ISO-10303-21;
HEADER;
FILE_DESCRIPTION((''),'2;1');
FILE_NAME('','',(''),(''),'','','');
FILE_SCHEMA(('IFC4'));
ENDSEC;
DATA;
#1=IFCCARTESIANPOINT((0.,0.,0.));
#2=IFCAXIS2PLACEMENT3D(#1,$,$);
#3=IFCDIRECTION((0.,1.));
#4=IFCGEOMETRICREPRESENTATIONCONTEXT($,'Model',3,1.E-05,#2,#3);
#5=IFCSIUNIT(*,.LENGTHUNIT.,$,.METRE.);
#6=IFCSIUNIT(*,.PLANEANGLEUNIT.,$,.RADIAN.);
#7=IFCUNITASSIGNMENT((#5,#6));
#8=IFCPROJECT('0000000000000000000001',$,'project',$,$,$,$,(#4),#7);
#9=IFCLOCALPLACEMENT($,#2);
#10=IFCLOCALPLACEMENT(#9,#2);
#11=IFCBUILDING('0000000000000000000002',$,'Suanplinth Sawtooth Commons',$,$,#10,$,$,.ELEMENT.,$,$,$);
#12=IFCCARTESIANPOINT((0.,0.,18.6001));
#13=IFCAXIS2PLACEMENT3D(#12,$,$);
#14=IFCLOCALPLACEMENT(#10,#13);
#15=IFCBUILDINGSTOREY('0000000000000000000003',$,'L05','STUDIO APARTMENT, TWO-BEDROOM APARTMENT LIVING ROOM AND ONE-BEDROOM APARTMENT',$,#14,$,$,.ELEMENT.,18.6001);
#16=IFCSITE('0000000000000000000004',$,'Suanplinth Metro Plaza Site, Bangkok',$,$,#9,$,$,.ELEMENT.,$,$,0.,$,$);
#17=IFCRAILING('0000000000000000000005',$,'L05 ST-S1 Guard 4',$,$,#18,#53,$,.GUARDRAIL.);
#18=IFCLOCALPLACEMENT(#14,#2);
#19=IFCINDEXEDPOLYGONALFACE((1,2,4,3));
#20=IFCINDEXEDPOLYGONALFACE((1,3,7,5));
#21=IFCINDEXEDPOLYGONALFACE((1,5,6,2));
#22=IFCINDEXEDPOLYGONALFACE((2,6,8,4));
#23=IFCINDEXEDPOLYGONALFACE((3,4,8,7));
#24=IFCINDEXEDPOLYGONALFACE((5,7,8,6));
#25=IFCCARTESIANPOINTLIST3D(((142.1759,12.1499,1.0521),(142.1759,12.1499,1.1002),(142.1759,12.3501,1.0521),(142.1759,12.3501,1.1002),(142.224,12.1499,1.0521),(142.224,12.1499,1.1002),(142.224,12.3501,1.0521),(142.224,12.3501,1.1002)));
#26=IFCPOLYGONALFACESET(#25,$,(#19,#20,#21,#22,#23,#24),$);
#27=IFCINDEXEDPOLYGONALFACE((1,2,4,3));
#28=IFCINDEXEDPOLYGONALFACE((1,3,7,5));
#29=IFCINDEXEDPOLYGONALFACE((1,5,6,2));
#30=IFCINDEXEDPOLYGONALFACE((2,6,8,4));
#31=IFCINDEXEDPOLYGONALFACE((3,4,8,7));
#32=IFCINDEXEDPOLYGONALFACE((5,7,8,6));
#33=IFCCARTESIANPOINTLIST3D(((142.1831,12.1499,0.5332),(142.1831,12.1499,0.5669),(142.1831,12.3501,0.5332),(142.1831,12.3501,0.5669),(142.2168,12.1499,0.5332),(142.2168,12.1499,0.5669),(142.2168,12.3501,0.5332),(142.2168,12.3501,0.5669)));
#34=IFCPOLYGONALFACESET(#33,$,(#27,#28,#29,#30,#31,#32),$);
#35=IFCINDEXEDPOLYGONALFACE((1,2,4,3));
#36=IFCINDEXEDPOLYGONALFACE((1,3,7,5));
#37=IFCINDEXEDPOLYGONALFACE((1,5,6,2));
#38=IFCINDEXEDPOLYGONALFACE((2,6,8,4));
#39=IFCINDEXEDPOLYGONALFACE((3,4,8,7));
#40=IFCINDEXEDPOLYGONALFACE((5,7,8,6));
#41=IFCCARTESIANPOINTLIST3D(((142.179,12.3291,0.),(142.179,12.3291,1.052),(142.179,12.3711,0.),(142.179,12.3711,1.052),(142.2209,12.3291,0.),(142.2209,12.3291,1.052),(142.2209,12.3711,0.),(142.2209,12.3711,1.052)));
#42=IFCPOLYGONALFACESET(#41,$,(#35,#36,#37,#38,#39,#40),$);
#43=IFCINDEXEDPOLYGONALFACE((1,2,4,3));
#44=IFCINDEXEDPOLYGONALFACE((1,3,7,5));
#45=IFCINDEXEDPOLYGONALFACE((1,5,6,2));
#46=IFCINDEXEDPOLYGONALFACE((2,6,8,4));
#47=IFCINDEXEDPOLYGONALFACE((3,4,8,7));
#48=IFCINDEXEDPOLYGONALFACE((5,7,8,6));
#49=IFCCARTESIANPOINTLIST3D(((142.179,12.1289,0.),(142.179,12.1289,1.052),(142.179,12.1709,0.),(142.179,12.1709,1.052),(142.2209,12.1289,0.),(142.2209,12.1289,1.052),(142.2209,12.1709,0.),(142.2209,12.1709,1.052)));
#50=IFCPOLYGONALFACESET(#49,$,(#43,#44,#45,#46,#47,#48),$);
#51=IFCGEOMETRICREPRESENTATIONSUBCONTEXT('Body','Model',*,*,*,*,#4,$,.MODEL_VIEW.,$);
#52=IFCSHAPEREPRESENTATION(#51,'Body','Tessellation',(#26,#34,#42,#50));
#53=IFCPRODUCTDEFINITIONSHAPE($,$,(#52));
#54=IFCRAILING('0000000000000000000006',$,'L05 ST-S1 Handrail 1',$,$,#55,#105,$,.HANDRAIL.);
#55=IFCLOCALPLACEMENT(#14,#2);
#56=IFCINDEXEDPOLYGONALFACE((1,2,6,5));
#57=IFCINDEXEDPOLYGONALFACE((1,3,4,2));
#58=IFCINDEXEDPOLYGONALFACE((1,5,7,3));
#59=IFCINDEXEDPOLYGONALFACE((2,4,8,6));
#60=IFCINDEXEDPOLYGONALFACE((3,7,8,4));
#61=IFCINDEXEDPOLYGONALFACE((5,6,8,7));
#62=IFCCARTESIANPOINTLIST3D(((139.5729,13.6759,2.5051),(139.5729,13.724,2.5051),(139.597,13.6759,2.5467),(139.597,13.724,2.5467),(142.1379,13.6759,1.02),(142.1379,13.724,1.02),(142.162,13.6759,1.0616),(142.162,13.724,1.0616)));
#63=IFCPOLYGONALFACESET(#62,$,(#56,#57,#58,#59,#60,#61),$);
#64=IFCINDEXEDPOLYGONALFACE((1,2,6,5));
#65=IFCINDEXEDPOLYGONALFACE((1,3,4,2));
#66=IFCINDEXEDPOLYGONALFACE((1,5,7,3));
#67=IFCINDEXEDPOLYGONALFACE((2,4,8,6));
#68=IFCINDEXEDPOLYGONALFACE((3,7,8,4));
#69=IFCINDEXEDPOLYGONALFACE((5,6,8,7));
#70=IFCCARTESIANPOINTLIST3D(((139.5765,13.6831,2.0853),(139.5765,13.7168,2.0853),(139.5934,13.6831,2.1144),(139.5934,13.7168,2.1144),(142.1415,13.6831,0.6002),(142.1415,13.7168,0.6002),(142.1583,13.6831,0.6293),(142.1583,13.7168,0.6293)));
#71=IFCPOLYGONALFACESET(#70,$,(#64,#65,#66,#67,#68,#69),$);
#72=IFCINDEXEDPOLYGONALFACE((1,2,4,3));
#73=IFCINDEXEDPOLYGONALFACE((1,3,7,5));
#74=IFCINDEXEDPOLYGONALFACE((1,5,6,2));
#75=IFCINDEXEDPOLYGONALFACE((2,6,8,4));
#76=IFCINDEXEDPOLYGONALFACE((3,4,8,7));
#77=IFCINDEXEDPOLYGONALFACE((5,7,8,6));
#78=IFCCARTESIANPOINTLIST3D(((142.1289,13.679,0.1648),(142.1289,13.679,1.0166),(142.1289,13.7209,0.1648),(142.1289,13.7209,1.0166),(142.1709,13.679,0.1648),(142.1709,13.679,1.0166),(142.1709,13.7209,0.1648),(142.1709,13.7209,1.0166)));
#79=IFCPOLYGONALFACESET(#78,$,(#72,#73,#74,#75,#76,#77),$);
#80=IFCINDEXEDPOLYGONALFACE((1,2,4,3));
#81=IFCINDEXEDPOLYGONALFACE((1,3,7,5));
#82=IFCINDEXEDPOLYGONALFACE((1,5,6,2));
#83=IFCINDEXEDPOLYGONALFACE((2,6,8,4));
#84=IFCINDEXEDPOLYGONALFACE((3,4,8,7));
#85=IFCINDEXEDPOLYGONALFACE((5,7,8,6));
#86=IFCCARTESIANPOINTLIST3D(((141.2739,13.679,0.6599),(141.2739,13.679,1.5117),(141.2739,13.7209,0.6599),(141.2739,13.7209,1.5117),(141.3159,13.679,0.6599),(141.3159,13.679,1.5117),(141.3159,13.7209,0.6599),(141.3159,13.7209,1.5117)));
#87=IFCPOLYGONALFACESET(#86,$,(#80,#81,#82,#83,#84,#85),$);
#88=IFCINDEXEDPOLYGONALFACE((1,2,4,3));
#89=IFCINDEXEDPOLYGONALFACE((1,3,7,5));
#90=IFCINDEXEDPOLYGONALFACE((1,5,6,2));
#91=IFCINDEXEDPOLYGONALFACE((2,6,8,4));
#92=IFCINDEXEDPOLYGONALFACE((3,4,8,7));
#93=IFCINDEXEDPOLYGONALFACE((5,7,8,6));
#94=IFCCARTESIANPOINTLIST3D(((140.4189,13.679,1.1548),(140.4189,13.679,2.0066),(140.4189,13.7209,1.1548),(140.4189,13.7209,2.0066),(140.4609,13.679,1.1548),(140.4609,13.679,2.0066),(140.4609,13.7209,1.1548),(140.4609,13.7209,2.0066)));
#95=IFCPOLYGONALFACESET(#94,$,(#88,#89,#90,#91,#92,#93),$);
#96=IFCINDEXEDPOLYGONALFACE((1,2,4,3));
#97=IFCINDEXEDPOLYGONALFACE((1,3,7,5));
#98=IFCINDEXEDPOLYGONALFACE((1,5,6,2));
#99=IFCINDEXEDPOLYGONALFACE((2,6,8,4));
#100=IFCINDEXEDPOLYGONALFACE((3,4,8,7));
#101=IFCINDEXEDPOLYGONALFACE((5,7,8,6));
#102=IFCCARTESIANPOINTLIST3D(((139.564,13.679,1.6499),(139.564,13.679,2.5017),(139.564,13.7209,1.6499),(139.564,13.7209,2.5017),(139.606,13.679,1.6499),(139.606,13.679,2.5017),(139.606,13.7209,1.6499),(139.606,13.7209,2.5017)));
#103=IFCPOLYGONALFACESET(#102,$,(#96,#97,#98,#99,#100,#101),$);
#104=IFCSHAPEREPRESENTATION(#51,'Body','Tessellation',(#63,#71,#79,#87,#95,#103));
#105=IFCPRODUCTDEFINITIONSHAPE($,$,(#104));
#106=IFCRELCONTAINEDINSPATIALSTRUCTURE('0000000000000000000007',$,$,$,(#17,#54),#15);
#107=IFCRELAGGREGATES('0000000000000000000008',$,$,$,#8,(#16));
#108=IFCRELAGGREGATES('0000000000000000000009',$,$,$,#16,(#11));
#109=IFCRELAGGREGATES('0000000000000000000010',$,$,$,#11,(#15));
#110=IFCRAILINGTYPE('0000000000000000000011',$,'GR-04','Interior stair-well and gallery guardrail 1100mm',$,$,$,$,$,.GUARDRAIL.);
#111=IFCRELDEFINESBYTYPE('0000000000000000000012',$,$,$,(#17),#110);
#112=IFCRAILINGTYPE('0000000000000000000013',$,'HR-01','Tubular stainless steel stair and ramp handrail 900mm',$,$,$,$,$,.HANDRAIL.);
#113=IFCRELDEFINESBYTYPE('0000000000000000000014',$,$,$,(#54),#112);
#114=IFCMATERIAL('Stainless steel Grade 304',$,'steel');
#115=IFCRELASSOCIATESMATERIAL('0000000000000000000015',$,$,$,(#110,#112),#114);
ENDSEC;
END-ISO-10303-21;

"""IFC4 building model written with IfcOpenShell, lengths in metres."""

from ifc_helpers import new_model, si_unit, direction, frame, origin, origin_2d, place, context, subcontext, project, spatial, rectangle, extrude, material, type_object, element, save


model = new_model("IFC4")

# Units and contexts
model_context = context("Model", 3, precision=1e-05, world=origin(), true_north=direction((0.0, 1.0)))
body_context = subcontext(model_context, "Body", "Model", "MODEL_VIEW")
ifc_project = project(units=[si_unit("LENGTHUNIT", "METRE"), si_unit("PLANEANGLEUNIT", "RADIAN")], contexts=[model_context])

# Site, building, storey
site_placement = place(None, origin())
site = spatial("IfcSite", under=ifc_project, at=site_placement, Name="Suanplinth Metro Plaza Site, Bangkok", CompositionType="ELEMENT", RefElevation=0.0)
building_placement = place(site_placement, origin())
building = spatial("IfcBuilding", under=site, at=building_placement, Name="Suanplinth Sawtooth Commons", CompositionType="ELEMENT")
storey_placement = place(building_placement, frame((0.0, 0.0, 18.6001)))
storey = spatial("IfcBuildingStorey", under=building, at=storey_placement, Name="L05", Description="STUDIO APARTMENT, TWO-BEDROOM APARTMENT LIVING ROOM AND ONE-BEDROOM APARTMENT", CompositionType="ELEMENT", Elevation=18.6001)

# Railings
ifc_material_1 = material(Name="Stainless steel Grade 304", Category="steel")
railing_type_1 = type_object("IfcRailingType", Name="GR-04", Description="Interior stair-well and gallery guardrail 1100mm", PredefinedType="GUARDRAIL", material=ifc_material_1)
railing_1_placement = place(storey_placement, frame((142.2, 12.3501, 0.0)))
element("IfcRailing", 1, at=railing_1_placement, inside=storey, type_object=railing_type_1, Name="L05 ST-S1 Guard 4", PredefinedType="GUARDRAIL", context=body_context, shape_type="SweptSolid", body=[
    extrude(rectangle(XDim=0.0481, YDim=0.0481, at=origin_2d()), frame((0.0, 0.0, 1.0762), z_axis=(0.0, -1.0, 0.0), x_axis=(1.0, 0.0, 0.0)), (0.0, 0.0, 1.0), 0.2002),
    extrude(rectangle(XDim=0.0337, YDim=0.0337, at=origin_2d()), frame((0.0, 0.0, 0.55), z_axis=(0.0, -1.0, 0.0), x_axis=(1.0, 0.0, 0.0)), (0.0, 0.0, 1.0), 0.2002),
    extrude(rectangle(XDim=0.042, YDim=0.042, at=origin_2d()), origin(), (0.0, 0.0, 1.0), 1.052),
    extrude(rectangle(XDim=0.042, YDim=0.042, at=origin_2d()), frame((0.0, -0.2002, 0.0)), (0.0, 0.0, 1.0), 1.052),
])
railing_type_2 = type_object("IfcRailingType", Name="HR-01", Description="Tubular stainless steel stair and ramp handrail 900mm", PredefinedType="HANDRAIL", material=ifc_material_1)
railing_2_placement = place(storey_placement, frame((142.1499, 13.7, 0.1648)))
element("IfcRailing", 2, at=railing_2_placement, inside=storey, type_object=railing_type_2, Name="L05 ST-S1 Handrail 1", PredefinedType="HANDRAIL", context=body_context, shape_type="SweptSolid", body=[
    extrude(rectangle(XDim=0.0481, YDim=0.0481, at=origin_2d()), frame((0.0, 0.0, 0.876), z_axis=(-0.865406, 0.0, 0.501072), x_axis=(0.0, -1.0, 0.0)), (0.0, 0.0, 1.0), 2.9639),
    extrude(rectangle(XDim=0.0337, YDim=0.0337, at=origin_2d()), frame((0.0, 0.0, 0.45), z_axis=(-0.865406, 0.0, 0.501072), x_axis=(0.0, -1.0, 0.0)), (0.0, 0.0, 1.0), 2.9639),
    extrude(rectangle(XDim=0.042, YDim=0.042, at=origin_2d()), origin(), (0.0, 0.0, 1.0), 0.8518),
    extrude(rectangle(XDim=0.042, YDim=0.042, at=origin_2d()), frame((-0.855, 0.0, 0.4951)), (0.0, 0.0, 1.0), 0.8518),
    extrude(rectangle(XDim=0.042, YDim=0.042, at=origin_2d()), frame((-1.71, 0.0, 0.99)), (0.0, 0.0, 1.0), 0.8518),
    extrude(rectangle(XDim=0.042, YDim=0.042, at=origin_2d()), frame((-2.5649, 0.0, 1.4851)), (0.0, 0.0, 1.0), 0.8518),
])

save(model, "model.ifc")
